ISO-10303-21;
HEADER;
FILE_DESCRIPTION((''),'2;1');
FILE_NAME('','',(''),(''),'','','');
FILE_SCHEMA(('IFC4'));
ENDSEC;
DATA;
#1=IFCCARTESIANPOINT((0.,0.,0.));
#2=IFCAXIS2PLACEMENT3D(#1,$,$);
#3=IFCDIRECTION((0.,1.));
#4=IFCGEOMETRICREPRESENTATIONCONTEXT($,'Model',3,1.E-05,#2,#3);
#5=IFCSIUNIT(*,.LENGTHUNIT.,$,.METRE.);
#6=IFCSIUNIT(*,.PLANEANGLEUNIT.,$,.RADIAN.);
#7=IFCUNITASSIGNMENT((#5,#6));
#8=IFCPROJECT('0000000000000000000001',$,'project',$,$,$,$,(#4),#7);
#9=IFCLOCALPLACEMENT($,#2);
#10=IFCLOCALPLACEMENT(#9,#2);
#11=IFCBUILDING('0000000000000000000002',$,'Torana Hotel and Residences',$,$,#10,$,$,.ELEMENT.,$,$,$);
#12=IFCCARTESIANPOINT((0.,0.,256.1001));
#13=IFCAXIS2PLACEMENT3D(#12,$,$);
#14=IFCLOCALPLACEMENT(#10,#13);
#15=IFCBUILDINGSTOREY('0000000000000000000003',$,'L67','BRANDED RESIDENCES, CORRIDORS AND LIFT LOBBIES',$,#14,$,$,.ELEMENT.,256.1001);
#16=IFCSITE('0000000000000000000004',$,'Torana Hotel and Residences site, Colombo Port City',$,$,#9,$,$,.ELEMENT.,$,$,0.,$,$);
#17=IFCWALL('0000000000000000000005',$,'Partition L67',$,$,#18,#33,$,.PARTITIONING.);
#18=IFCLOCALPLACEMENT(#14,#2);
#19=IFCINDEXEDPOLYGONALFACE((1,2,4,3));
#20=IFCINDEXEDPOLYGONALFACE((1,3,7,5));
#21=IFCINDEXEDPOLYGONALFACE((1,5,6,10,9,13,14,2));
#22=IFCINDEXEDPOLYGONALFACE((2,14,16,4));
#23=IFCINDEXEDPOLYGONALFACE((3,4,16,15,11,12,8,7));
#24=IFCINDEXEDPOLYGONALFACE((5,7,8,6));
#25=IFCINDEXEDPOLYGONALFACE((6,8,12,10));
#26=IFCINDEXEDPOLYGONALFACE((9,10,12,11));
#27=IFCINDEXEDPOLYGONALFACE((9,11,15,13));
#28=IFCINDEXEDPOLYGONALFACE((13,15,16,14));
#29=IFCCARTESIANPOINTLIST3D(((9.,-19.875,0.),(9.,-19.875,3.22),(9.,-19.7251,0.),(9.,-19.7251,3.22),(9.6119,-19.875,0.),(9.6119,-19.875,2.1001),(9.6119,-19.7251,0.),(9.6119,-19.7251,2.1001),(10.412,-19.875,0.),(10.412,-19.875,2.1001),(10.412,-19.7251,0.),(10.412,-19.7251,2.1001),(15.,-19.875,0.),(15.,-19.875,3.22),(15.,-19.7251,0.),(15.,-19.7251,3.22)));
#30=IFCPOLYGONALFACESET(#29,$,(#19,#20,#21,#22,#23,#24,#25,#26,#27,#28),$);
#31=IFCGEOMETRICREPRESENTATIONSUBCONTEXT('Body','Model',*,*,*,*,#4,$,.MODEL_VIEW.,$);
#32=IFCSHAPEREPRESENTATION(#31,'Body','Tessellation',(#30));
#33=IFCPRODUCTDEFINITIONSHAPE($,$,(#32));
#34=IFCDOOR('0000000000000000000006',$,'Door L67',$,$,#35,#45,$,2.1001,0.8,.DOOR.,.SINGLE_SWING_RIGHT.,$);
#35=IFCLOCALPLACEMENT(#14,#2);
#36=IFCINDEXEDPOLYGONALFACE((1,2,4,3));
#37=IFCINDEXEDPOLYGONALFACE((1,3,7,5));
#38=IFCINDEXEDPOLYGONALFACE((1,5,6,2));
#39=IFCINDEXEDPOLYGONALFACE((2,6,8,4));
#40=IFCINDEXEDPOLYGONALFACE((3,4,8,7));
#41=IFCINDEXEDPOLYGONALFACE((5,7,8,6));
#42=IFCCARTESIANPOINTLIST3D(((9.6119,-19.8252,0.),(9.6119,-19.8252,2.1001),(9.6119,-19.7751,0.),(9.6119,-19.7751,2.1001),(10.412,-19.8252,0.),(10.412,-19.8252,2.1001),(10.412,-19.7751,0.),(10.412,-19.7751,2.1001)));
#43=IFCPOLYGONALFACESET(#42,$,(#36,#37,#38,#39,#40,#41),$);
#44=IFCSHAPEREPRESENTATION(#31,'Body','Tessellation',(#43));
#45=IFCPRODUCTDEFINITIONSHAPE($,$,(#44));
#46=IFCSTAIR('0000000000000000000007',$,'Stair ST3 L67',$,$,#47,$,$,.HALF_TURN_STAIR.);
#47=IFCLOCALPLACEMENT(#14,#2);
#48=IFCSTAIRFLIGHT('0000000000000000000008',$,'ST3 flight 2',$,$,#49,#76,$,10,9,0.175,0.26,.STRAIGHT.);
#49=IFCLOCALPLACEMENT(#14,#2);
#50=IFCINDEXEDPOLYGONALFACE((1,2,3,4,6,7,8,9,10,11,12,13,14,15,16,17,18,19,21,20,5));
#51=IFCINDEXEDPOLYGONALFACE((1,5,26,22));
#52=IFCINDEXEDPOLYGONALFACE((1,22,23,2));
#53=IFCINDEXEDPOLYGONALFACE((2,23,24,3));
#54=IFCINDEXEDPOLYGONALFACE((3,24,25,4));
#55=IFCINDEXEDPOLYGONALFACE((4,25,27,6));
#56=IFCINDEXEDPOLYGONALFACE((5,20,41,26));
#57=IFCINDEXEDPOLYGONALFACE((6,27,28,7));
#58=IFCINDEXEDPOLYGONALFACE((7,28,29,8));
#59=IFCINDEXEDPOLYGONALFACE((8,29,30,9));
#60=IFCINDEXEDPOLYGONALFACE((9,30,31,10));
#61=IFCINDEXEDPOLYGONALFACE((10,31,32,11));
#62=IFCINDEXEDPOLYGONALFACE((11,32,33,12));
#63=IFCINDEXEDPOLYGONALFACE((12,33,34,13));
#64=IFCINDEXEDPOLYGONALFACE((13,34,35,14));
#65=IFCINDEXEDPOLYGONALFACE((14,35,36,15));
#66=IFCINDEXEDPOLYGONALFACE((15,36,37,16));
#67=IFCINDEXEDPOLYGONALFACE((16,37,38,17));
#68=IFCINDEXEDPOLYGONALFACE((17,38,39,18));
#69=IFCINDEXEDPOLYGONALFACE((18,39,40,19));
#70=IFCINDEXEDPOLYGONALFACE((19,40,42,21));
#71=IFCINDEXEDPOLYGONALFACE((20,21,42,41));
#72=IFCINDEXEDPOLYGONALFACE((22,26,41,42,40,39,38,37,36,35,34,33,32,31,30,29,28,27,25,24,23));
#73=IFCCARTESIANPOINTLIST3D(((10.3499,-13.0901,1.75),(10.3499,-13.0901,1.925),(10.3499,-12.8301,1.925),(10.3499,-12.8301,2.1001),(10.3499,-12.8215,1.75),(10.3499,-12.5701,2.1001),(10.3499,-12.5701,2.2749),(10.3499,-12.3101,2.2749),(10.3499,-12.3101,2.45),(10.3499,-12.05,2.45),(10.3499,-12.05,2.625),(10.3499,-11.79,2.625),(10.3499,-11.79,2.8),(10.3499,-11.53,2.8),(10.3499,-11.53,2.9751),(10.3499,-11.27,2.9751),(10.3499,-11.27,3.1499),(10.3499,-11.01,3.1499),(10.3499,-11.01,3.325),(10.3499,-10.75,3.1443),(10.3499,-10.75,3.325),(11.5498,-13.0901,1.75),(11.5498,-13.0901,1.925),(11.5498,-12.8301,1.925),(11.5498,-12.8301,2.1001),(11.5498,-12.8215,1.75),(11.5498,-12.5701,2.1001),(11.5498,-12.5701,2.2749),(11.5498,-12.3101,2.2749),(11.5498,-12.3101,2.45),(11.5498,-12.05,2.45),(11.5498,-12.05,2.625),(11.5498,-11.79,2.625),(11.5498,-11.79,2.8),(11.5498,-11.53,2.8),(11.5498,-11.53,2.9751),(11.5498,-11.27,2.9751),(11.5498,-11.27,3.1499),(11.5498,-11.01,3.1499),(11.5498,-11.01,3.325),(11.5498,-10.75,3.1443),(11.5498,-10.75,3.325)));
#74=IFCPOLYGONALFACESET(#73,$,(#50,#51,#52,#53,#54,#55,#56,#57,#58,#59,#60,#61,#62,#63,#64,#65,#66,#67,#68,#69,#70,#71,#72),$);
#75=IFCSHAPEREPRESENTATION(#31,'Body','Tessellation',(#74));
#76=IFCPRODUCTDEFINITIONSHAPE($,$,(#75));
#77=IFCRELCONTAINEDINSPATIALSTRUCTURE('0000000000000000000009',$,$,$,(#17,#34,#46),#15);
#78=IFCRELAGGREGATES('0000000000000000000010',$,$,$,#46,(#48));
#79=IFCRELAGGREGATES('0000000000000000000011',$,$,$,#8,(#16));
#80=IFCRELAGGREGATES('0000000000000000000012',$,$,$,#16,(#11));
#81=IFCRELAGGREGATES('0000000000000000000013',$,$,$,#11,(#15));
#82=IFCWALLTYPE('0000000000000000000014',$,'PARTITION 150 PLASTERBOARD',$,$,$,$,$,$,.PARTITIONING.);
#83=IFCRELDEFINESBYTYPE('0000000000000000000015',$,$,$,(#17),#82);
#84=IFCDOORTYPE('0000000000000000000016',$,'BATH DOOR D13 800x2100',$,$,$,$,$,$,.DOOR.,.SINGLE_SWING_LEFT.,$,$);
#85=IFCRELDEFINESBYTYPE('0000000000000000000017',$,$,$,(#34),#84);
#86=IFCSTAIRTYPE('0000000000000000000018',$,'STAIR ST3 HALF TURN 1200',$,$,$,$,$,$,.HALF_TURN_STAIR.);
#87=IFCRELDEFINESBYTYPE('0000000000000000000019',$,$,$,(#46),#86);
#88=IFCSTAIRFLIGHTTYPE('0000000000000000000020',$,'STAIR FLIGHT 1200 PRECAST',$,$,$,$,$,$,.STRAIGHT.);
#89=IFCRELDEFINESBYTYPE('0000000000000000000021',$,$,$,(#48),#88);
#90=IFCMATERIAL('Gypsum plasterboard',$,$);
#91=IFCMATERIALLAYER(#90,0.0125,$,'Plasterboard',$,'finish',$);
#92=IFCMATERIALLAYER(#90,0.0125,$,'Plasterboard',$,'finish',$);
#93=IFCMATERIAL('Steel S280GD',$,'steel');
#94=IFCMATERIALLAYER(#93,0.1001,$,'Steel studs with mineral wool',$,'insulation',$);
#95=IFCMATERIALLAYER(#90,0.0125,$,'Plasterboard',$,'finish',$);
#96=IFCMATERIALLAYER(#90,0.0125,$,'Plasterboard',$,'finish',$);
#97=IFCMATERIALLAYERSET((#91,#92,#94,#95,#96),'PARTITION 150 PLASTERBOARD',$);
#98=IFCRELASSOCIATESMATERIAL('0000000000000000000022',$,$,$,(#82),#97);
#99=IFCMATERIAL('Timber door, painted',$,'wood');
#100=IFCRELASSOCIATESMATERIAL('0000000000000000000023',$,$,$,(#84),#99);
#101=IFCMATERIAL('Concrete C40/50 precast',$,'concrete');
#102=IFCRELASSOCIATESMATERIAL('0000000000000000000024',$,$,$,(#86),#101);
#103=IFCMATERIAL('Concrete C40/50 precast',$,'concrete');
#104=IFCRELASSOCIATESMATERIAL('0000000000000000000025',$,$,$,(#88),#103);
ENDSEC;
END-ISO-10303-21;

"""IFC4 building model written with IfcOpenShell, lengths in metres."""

from ifc_helpers import new_model, si_unit, direction, frame, frame_2d, origin, place, context, subcontext, project, spatial, polyline, rectangle, outline, extrude, material, layer, layer_set, type_object, element, fill, aggregate, save


model = new_model("IFC4")

# Units and contexts
model_context = context("Model", 3, precision=1e-05, world=origin(), true_north=direction((0.0, 1.0)))
body_context = subcontext(model_context, "Body", "Model", "MODEL_VIEW")
ifc_project = project(units=[si_unit("LENGTHUNIT", "METRE"), si_unit("PLANEANGLEUNIT", "RADIAN")], contexts=[model_context])

# Site, building, storey
site_placement = place(None, origin())
site = spatial("IfcSite", under=ifc_project, at=site_placement, Name="Torana Hotel and Residences site, Colombo Port City", CompositionType="ELEMENT", RefElevation=0.0)
building_placement = place(site_placement, origin())
building = spatial("IfcBuilding", under=site, at=building_placement, Name="Torana Hotel and Residences", CompositionType="ELEMENT")
storey_placement = place(building_placement, frame((0.0, 0.0, 256.1001)))
storey = spatial("IfcBuildingStorey", under=building, at=storey_placement, Name="L67", Description="BRANDED RESIDENCES, CORRIDORS AND LIFT LOBBIES", CompositionType="ELEMENT", Elevation=256.1001)

# Shared definitions
ifc_material_1 = material(Name="Gypsum plasterboard")
ifc_layer_1 = layer(ifc_material_1, 0.0125, Name="Plasterboard", Category="finish")
ifc_layer_2 = layer(ifc_material_1, 0.0125, Name="Plasterboard", Category="finish")
ifc_material_2 = material(Name="Steel S280GD", Category="steel")
ifc_layer_3 = layer(ifc_material_2, 0.1001, Name="Steel studs with mineral wool", Category="insulation")
ifc_layer_4 = layer(ifc_material_1, 0.0125, Name="Plasterboard", Category="finish")
ifc_layer_5 = layer(ifc_material_1, 0.0125, Name="Plasterboard", Category="finish")
ifc_layer_set_1 = layer_set([ifc_layer_1, ifc_layer_2, ifc_layer_3, ifc_layer_4, ifc_layer_5], Name="PARTITION 150 PLASTERBOARD")
wall_type_1 = type_object("IfcWallType", Name="PARTITION 150 PLASTERBOARD", PredefinedType="PARTITIONING", material=ifc_layer_set_1)

# Shared definitions
ifc_material_3 = material(Name="Timber door, painted", Category="wood")
door_type_1 = type_object("IfcDoorType", Name="BATH DOOR D13 800x2100", OperationType="SINGLE_SWING_LEFT", PredefinedType="DOOR", material=ifc_material_3)

# Wall, opening, door
wall_1_placement = place(storey_placement, frame((9.0, -19.8, 0.0), z_axis=(0.0, 0.0, 1.0), x_axis=(1.0, 0.0, 0.0)))
wall_1 = element("IfcWall", 1, at=wall_1_placement, inside=storey, type_object=wall_type_1, Name="Partition L67", PredefinedType="PARTITIONING", context=body_context, shape_type="SweptSolid", body=[
    extrude(rectangle(XDim=6.0, YDim=0.1499, at=frame_2d((3.0, 0.0))), origin(), (0.0, 0.0, 1.0), 3.22),
])
opening_1_placement = place(wall_1_placement, frame((0.6121, 0.0, 0.0)))
opening_1 = element("IfcOpeningElement", 2, at=opening_1_placement, cuts=wall_1, PredefinedType="OPENING", context=body_context, shape_type="SweptSolid", body=[
    extrude(rectangle(XDim=0.8, YDim=2.1001, at=frame_2d((0.3999, 1.05))), frame((0.0, 0.085, 0.0), z_axis=(0.0, -1.0, 0.0), x_axis=(1.0, 0.0, 0.0)), (0.0, 0.0, 1.0), 0.1699),
])
door_1_placement = place(opening_1_placement, origin())
door_1 = element("IfcDoor", 3, at=door_1_placement, inside=storey, type_object=door_type_1, Name="Door L67", OperationType="SINGLE_SWING_RIGHT", OverallHeight=2.1001, OverallWidth=0.8, PredefinedType="DOOR", context=body_context, shape_type="SweptSolid", body=[
    extrude(rectangle(XDim=0.8, YDim=2.1001, at=frame_2d((0.3999, 1.05))), frame((0.0, 0.0249, 0.0), z_axis=(0.0, -1.0, 0.0), x_axis=(1.0, 0.0, 0.0)), (0.0, 0.0, 1.0), 0.05),
])
fill(opening_1, door_1)

# Stair, stair flight
ifc_material_4 = material(Name="Concrete C40/50 precast", Category="concrete")
stair_type = type_object("IfcStairType", Name="STAIR ST3 HALF TURN 1200", PredefinedType="HALF_TURN_STAIR", material=ifc_material_4)
stair_placement = place(storey_placement, origin())
stair = element("IfcStair", 4, at=stair_placement, inside=storey, type_object=stair_type, Name="Stair ST3 L67", PredefinedType="HALF_TURN_STAIR")
ifc_material_5 = material(Name="Concrete C40/50 precast", Category="concrete")
stair_flight_type = type_object("IfcStairFlightType", Name="STAIR FLIGHT 1200 PRECAST", PredefinedType="STRAIGHT", material=ifc_material_5)
stair_flight_placement = place(storey_placement, frame((10.95, -13.0901, 1.75), z_axis=(0.0, 0.0, 1.0), x_axis=(0.0, 1.0, 0.0)))
stair_flight = element("IfcStairFlight", 5, at=stair_flight_placement, type_object=stair_flight_type, Name="ST3 flight 2", NumberOfRisers=10, NumberOfTreads=9, PredefinedType="STRAIGHT", RiserHeight=0.175, TreadLength=0.26, context=body_context, shape_type="SweptSolid", body=[
    extrude(outline(polyline([(0.0, 0.0), (0.0, 0.175), (0.26, 0.175), (0.26, 0.3501), (0.52, 0.3501), (0.52, 0.5249), (0.78, 0.5249), (0.78, 0.7), (1.04, 0.7), (1.04, 0.875), (1.3, 0.875), (1.3, 1.05), (1.5601, 1.05), (1.5601, 1.2251), (1.8201, 1.2251), (1.8201, 1.3999), (2.0801, 1.3999), (2.0801, 1.575), (2.3401, 1.575), (2.3401, 1.75), (2.3401, 1.3943), (0.2686, 0.0), (0.0, 0.0)])), frame((0.0, 0.6001, 0.0), z_axis=(0.0, -1.0, 0.0), x_axis=(1.0, 0.0, 0.0)), (0.0, 0.0, 1.0), 1.2),
])
aggregate(stair, [stair_flight])

save(model, "model.ifc")
